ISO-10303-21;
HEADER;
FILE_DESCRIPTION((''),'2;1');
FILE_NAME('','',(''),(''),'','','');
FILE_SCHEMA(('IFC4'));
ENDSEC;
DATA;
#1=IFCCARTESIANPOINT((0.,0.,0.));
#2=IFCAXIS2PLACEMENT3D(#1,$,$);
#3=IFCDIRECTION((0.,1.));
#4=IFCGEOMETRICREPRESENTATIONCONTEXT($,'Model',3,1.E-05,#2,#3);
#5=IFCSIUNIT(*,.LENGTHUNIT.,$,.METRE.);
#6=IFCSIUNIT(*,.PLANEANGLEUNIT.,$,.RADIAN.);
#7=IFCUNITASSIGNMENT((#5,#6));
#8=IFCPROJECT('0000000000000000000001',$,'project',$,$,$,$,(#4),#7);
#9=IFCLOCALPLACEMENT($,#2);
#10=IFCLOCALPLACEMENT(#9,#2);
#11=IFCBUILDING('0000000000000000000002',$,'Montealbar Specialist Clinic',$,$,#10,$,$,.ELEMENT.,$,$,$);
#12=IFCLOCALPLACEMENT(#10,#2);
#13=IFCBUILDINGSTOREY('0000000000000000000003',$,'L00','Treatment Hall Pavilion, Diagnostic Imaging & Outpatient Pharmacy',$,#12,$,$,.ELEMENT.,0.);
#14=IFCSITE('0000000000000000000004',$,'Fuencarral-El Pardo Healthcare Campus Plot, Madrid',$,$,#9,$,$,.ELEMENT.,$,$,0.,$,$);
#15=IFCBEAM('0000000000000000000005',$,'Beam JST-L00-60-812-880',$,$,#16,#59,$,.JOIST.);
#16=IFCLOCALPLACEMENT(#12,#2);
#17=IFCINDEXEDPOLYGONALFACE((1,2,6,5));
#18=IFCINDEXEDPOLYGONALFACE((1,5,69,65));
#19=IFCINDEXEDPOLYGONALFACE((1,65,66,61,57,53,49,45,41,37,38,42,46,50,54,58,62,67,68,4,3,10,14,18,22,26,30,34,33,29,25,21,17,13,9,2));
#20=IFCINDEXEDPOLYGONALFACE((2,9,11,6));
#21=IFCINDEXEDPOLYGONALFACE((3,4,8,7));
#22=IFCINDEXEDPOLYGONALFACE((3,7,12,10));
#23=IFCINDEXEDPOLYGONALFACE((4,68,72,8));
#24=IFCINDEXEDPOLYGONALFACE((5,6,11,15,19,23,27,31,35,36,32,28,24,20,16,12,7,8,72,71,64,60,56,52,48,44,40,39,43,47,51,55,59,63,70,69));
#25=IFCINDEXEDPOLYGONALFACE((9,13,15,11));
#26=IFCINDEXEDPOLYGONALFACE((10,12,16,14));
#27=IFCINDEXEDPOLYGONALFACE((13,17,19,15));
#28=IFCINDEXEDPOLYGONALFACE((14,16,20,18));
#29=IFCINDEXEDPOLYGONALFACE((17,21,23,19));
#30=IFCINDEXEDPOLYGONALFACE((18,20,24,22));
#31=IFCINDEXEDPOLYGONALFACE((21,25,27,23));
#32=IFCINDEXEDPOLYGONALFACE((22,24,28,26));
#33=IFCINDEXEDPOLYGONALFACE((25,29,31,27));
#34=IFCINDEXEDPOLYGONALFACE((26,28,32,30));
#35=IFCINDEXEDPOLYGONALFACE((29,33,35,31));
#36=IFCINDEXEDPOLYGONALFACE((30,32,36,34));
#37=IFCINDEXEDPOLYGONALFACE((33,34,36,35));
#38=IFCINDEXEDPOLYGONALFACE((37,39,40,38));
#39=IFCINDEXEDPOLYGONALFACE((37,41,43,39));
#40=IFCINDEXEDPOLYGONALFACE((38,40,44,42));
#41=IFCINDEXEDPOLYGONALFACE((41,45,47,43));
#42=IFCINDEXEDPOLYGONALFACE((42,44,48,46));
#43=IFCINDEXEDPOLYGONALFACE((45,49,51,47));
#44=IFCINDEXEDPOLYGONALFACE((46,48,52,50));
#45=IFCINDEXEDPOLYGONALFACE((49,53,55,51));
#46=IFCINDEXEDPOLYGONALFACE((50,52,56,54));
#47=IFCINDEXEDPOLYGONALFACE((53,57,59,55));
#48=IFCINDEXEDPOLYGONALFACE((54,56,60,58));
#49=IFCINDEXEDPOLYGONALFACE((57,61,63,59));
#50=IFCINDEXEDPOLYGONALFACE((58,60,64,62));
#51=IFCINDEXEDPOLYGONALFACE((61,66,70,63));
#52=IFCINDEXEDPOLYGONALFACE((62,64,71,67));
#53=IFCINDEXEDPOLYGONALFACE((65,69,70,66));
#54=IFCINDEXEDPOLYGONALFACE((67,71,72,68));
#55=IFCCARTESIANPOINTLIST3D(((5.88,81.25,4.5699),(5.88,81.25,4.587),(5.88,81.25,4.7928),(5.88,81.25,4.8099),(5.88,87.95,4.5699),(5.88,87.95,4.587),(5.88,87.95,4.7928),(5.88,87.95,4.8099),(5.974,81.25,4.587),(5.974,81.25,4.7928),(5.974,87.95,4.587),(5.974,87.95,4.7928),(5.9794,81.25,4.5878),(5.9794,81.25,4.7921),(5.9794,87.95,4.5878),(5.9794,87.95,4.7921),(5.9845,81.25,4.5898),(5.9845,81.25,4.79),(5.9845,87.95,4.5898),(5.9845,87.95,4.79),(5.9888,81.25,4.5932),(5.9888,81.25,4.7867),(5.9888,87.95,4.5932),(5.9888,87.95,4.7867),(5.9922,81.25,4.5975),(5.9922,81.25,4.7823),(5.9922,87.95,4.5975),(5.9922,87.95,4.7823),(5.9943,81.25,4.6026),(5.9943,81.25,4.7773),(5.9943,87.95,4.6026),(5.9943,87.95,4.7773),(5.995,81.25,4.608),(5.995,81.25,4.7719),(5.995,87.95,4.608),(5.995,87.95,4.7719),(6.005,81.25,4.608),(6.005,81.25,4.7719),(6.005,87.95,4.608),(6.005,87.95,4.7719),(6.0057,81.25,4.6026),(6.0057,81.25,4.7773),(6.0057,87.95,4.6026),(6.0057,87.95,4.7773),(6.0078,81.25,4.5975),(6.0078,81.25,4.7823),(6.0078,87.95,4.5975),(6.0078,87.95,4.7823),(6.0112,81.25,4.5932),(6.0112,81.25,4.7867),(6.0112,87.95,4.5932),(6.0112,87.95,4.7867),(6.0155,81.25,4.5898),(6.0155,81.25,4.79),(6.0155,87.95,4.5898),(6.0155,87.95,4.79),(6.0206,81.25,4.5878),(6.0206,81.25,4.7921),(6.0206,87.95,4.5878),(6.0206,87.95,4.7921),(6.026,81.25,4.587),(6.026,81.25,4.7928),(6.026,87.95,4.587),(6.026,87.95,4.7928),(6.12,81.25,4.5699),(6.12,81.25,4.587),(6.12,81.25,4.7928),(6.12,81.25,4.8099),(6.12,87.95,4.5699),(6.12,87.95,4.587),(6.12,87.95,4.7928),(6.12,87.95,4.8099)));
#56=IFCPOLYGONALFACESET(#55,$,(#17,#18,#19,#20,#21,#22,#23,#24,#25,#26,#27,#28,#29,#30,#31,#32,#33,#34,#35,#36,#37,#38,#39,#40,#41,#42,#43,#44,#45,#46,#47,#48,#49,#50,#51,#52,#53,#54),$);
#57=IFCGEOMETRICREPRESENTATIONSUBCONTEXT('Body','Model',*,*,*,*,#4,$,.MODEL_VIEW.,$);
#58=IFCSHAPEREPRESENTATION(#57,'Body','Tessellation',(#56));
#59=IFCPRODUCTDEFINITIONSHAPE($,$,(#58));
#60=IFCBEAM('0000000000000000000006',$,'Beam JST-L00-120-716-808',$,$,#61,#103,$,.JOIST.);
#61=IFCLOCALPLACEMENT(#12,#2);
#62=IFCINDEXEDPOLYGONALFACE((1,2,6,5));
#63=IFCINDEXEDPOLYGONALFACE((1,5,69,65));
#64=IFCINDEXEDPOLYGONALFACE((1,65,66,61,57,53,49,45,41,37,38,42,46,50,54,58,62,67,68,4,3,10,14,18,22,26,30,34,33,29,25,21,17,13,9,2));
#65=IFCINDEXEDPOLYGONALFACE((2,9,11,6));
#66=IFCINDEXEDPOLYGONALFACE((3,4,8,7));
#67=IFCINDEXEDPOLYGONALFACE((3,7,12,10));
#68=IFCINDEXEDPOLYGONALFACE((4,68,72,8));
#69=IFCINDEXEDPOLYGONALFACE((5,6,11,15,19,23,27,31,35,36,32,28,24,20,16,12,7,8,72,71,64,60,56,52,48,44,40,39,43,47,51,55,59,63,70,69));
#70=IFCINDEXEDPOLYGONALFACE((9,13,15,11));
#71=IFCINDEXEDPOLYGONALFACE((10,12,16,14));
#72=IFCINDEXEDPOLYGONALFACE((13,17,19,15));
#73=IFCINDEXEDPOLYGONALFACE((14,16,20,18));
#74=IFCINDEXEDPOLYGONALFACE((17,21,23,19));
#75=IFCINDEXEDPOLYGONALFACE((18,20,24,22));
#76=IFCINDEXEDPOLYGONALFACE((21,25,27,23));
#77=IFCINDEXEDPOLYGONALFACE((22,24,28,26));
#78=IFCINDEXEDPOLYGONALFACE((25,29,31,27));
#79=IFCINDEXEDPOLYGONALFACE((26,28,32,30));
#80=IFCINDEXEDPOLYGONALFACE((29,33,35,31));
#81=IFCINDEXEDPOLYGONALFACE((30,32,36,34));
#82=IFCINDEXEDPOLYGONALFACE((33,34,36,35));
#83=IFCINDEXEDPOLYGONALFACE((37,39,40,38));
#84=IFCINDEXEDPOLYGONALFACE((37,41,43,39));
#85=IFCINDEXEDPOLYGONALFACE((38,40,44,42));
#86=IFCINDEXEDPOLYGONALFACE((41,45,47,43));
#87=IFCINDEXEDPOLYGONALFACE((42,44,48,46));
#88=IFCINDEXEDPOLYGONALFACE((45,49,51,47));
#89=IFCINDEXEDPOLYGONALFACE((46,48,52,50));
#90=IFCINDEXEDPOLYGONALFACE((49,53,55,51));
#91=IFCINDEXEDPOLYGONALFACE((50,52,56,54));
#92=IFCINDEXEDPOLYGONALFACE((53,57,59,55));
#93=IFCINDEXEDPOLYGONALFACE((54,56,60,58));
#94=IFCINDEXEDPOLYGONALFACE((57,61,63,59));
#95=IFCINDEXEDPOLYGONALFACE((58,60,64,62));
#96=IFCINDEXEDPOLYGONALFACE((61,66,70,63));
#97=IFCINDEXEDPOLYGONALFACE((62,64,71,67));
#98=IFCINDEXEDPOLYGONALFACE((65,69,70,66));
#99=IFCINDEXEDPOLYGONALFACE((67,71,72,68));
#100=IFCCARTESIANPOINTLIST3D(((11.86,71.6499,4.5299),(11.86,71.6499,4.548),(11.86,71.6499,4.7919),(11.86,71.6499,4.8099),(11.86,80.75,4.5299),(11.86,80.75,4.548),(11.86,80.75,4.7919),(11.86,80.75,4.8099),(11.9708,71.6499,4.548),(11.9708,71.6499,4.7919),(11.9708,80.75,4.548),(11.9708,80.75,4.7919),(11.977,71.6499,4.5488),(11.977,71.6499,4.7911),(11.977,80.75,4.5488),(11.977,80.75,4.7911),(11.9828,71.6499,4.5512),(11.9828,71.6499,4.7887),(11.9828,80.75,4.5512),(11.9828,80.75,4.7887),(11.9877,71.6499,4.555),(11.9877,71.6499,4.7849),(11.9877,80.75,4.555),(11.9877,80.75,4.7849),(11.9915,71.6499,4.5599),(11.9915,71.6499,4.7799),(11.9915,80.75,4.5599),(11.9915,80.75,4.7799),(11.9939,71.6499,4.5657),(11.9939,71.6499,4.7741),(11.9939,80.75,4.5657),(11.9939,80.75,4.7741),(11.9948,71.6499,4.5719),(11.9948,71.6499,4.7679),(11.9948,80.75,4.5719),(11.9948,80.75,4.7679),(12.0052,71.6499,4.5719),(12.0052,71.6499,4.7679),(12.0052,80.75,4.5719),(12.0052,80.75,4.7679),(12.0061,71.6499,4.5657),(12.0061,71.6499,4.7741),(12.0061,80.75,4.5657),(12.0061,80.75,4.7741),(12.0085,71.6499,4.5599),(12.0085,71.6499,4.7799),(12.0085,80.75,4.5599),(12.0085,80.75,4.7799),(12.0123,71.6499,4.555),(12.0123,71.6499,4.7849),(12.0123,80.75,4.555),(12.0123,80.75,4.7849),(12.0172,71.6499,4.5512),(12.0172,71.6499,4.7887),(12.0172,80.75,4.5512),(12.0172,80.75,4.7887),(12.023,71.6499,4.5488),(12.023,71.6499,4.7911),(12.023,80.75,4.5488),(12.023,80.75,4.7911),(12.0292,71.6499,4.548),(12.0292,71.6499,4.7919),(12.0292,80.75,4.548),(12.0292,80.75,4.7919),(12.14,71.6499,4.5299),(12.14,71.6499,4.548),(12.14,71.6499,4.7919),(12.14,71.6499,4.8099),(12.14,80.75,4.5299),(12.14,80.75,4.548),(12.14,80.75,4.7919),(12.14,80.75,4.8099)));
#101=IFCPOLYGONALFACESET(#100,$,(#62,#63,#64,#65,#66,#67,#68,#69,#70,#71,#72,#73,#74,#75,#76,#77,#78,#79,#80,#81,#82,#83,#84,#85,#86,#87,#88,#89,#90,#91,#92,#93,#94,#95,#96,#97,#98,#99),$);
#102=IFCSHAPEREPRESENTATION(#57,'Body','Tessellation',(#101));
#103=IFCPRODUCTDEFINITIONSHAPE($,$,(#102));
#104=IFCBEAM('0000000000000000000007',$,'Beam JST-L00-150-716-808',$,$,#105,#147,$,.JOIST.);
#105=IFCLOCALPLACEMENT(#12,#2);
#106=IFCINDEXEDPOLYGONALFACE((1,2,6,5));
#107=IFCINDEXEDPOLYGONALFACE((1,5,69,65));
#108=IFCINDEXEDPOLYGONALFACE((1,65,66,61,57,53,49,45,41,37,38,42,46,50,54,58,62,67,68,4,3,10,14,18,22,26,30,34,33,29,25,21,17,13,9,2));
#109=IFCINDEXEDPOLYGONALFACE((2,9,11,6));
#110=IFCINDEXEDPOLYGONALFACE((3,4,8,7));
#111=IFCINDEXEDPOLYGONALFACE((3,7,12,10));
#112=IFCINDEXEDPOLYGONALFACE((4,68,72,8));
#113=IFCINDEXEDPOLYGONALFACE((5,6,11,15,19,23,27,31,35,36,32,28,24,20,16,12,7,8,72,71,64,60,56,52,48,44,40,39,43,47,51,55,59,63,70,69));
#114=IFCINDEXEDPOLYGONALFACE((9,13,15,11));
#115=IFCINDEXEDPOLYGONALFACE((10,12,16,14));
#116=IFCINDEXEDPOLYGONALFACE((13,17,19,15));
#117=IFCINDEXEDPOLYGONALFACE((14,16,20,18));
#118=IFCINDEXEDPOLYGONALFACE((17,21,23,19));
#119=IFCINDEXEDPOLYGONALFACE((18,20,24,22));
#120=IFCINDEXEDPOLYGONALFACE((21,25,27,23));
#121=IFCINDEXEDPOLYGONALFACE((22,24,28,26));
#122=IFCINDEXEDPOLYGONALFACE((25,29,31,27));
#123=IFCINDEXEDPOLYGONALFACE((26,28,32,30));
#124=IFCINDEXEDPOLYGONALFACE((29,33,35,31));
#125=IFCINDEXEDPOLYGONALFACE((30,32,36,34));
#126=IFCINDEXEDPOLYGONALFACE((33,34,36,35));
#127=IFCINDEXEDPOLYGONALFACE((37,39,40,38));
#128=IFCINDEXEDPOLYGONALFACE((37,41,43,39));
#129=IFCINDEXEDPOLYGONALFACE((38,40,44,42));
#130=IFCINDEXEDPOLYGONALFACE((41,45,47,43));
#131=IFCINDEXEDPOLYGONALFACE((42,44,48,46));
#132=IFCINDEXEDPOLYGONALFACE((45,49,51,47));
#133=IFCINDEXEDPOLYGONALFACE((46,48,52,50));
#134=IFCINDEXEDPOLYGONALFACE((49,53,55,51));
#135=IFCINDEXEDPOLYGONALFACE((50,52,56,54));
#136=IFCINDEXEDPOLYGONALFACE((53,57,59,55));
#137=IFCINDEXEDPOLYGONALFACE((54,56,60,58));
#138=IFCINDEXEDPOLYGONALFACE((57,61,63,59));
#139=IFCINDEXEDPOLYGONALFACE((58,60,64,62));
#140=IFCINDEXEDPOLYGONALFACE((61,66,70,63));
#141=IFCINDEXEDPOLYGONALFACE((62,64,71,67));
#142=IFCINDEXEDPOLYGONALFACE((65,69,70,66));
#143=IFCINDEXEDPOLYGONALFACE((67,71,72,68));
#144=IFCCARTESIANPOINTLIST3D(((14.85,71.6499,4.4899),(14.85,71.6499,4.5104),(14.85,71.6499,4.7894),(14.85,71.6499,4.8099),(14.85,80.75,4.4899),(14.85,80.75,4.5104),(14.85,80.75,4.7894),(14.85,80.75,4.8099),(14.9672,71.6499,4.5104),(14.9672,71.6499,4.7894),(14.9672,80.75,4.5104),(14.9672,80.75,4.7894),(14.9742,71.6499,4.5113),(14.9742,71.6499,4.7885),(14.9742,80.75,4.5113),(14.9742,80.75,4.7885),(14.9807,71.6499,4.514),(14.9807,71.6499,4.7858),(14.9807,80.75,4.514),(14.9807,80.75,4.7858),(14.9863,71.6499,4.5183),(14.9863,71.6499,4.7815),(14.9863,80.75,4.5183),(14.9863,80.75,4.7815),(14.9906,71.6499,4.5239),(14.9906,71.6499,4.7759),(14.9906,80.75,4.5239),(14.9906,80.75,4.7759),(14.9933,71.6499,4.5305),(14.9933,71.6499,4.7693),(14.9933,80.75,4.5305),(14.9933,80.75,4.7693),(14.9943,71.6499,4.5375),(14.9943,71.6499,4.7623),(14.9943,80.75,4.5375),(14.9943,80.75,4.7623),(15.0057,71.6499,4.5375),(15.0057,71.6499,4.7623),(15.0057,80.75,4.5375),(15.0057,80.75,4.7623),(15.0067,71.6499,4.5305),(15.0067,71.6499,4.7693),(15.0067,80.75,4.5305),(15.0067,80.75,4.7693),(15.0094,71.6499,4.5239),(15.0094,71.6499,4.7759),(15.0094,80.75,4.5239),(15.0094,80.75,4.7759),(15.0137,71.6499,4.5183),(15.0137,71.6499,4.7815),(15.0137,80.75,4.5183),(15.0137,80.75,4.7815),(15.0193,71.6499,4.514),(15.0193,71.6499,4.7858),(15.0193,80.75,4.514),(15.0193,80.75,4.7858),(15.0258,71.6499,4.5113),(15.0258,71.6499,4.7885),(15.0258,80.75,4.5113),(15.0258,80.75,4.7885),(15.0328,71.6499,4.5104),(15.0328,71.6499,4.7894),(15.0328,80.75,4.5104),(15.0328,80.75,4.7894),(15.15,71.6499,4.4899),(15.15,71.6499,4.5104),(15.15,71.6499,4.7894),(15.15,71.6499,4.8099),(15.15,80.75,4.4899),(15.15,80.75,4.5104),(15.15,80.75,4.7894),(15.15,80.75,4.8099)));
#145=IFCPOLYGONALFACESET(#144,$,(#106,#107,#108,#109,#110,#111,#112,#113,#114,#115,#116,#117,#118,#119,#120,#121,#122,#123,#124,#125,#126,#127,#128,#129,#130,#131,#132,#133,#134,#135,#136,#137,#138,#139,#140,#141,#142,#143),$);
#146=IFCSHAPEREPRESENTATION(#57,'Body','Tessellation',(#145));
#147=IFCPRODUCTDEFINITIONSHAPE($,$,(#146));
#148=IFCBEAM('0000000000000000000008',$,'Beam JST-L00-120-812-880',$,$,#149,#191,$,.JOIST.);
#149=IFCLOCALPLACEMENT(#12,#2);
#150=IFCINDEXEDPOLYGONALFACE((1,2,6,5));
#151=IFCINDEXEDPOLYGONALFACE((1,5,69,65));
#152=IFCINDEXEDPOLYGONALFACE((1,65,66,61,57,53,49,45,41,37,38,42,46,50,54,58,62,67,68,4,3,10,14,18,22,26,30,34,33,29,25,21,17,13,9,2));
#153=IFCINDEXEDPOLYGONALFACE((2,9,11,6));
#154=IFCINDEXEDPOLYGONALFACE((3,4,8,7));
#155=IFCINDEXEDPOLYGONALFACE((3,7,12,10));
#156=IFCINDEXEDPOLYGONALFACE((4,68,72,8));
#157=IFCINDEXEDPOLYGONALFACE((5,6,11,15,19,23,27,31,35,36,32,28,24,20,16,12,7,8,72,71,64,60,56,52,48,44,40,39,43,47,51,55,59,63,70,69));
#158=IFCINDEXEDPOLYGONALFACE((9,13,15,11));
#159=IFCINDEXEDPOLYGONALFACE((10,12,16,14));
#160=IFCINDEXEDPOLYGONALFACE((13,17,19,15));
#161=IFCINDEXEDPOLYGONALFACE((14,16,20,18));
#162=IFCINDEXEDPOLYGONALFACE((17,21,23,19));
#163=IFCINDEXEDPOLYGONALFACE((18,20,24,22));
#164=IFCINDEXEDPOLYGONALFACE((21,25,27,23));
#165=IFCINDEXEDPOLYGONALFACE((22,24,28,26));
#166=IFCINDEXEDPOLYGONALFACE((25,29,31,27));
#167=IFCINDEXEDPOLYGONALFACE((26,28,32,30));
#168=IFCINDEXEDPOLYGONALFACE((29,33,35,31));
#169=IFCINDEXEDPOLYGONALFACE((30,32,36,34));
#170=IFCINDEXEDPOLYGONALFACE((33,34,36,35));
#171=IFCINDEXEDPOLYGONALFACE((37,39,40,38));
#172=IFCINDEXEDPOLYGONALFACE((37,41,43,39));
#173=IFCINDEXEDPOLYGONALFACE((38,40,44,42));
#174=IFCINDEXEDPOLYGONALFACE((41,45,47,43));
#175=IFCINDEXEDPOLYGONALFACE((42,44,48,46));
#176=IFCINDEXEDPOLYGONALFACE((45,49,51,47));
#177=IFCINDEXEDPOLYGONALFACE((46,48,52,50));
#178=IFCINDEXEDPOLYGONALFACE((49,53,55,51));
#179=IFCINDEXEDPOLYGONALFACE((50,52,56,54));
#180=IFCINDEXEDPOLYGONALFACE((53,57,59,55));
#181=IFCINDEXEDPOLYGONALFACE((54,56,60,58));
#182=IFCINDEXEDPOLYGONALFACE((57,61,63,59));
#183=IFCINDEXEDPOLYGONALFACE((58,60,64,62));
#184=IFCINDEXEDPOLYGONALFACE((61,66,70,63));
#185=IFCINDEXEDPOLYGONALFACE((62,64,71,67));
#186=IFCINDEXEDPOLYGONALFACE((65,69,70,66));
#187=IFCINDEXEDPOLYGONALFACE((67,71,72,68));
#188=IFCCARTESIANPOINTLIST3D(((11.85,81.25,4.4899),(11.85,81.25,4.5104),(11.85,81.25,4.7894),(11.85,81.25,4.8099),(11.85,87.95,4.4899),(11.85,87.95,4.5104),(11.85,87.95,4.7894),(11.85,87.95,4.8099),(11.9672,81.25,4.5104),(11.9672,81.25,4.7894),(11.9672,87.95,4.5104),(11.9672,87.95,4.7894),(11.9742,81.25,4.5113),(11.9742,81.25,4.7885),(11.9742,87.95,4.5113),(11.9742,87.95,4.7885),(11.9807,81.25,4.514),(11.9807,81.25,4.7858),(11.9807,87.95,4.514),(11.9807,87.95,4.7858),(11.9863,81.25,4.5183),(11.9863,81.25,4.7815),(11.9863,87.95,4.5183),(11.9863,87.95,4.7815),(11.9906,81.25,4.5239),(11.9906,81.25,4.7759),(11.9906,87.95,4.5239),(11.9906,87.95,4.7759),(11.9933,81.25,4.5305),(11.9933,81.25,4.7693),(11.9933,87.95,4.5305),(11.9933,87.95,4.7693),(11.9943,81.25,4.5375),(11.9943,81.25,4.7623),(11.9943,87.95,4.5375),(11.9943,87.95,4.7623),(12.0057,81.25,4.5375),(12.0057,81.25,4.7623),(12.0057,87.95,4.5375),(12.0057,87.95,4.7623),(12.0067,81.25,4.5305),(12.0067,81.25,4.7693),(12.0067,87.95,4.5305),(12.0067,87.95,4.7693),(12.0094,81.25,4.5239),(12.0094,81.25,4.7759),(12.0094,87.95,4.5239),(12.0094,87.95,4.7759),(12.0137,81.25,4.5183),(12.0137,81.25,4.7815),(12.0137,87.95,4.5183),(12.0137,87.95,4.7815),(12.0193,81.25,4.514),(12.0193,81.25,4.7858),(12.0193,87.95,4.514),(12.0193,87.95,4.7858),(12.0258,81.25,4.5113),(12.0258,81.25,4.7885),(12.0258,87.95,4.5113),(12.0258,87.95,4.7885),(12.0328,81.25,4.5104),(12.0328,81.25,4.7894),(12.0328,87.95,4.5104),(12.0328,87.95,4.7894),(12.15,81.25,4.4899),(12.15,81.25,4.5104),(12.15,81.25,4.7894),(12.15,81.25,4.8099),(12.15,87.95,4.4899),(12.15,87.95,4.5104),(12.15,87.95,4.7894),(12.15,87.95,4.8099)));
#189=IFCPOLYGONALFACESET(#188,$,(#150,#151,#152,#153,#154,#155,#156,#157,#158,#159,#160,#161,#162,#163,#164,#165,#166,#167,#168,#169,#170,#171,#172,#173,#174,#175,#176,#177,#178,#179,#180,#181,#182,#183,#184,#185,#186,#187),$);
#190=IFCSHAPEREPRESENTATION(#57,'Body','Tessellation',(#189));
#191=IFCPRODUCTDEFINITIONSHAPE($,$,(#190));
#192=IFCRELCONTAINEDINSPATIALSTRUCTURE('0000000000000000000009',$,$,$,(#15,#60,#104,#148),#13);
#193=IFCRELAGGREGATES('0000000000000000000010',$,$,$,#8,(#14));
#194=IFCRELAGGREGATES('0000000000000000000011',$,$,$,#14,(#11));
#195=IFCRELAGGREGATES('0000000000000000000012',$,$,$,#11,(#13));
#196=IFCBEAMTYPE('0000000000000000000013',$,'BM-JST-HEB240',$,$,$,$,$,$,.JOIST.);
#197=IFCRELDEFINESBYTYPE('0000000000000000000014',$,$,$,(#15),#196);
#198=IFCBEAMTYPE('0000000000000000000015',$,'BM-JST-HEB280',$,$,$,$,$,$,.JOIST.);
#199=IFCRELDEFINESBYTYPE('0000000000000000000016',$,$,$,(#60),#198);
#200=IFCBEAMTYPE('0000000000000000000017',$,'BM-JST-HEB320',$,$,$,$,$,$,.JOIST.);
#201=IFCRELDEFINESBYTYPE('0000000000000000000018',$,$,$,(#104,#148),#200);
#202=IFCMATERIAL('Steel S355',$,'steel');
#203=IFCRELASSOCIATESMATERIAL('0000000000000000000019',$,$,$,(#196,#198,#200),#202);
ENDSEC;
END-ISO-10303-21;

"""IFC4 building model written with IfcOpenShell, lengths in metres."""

from ifc_helpers import new_model, si_unit, direction, frame, origin, origin_2d, place, context, subcontext, project, spatial, i_section, extrude, material, material_profile, profile_set, type_object, element, save


model = new_model("IFC4")

# Units and contexts
model_context = context("Model", 3, precision=1e-05, world=origin(), true_north=direction((0.0, 1.0)))
body_context = subcontext(model_context, "Body", "Model", "MODEL_VIEW")
ifc_project = project(units=[si_unit("LENGTHUNIT", "METRE"), si_unit("PLANEANGLEUNIT", "RADIAN")], contexts=[model_context])

# Site, building, storey
site_placement = place(None, origin())
site = spatial("IfcSite", under=ifc_project, at=site_placement, Name="Fuencarral-El Pardo Healthcare Campus Plot, Madrid", CompositionType="ELEMENT", RefElevation=0.0)
building_placement = place(site_placement, origin())
building = spatial("IfcBuilding", under=site, at=building_placement, Name="Montealbar Specialist Clinic", CompositionType="ELEMENT")
storey_placement = place(building_placement, origin())
storey = spatial("IfcBuildingStorey", under=building, at=storey_placement, Name="L00", Description="Treatment Hall Pavilion, Diagnostic Imaging & Outpatient Pharmacy", CompositionType="ELEMENT", Elevation=0.0)

# Beams
ifc_material_1 = material(Name="Steel S355", Category="steel")
ifc_material_profile_1 = material_profile(ifc_material_1, i_section(OverallWidth=0.24, OverallDepth=0.24, WebThickness=0.01, FlangeThickness=0.0171, FilletRadius=0.021, at=origin_2d()), Name="HEB 240", Category="steel")
ifc_profile_set_1 = profile_set([ifc_material_profile_1], Name="Steel S355")
beam_type_1 = type_object("IfcBeamType", Name="BM-JST-HEB240", PredefinedType="JOIST", material=ifc_profile_set_1)
beam_1_placement = place(storey_placement, frame((6.0, 81.25, 4.6899), z_axis=(0.0, 1.0, 0.0), x_axis=(-1.0, 0.0, 0.0)))
element("IfcBeam", 1, at=beam_1_placement, inside=storey, type_object=beam_type_1, Name="Beam JST-L00-60-812-880", PredefinedType="JOIST", context=body_context, shape_type="SweptSolid", body=[
    extrude(i_section(OverallWidth=0.24, OverallDepth=0.24, WebThickness=0.01, FlangeThickness=0.0171, FilletRadius=0.021, at=origin_2d()), origin(), (0.0, 0.0, 1.0), 6.7),
])
ifc_material_profile_2 = material_profile(ifc_material_1, i_section(OverallWidth=0.28, OverallDepth=0.28, WebThickness=0.0105, FlangeThickness=0.0181, FilletRadius=0.0239, at=origin_2d()), Name="HEB 280", Category="steel")
ifc_profile_set_2 = profile_set([ifc_material_profile_2], Name="Steel S355")
beam_type_2 = type_object("IfcBeamType", Name="BM-JST-HEB280", PredefinedType="JOIST", material=ifc_profile_set_2)
beam_2_placement = place(storey_placement, frame((12.0, 71.6499, 4.6699), z_axis=(0.0, 1.0, 0.0), x_axis=(-1.0, 0.0, 0.0)))
element("IfcBeam", 2, at=beam_2_placement, inside=storey, type_object=beam_type_2, Name="Beam JST-L00-120-716-808", PredefinedType="JOIST", context=body_context, shape_type="SweptSolid", body=[
    extrude(i_section(OverallWidth=0.28, OverallDepth=0.28, WebThickness=0.0105, FlangeThickness=0.0181, FilletRadius=0.0239, at=origin_2d()), origin(), (0.0, 0.0, 1.0), 9.1001),
])
ifc_material_profile_3 = material_profile(ifc_material_1, i_section(OverallWidth=0.3, OverallDepth=0.3201, WebThickness=0.0115, FlangeThickness=0.0205, FilletRadius=0.0271, at=origin_2d()), Name="HEB 320", Category="steel")
ifc_profile_set_3 = profile_set([ifc_material_profile_3], Name="Steel S355")
beam_type_3 = type_object("IfcBeamType", Name="BM-JST-HEB320", PredefinedType="JOIST", material=ifc_profile_set_3)
beam_3_placement = place(storey_placement, frame((15.0, 71.6499, 4.6499), z_axis=(0.0, 1.0, 0.0), x_axis=(-1.0, 0.0, 0.0)))
element("IfcBeam", 3, at=beam_3_placement, inside=storey, type_object=beam_type_3, Name="Beam JST-L00-150-716-808", PredefinedType="JOIST", context=body_context, shape_type="SweptSolid", body=[
    extrude(i_section(OverallWidth=0.3, OverallDepth=0.3201, WebThickness=0.0115, FlangeThickness=0.0205, FilletRadius=0.0271, at=origin_2d()), origin(), (0.0, 0.0, 1.0), 9.1001),
])
beam_4_placement = place(storey_placement, frame((12.0, 81.25, 4.6499), z_axis=(0.0, 1.0, 0.0), x_axis=(-1.0, 0.0, 0.0)))
element("IfcBeam", 4, at=beam_4_placement, inside=storey, type_object=beam_type_3, Name="Beam JST-L00-120-812-880", PredefinedType="JOIST", context=body_context, shape_type="SweptSolid", body=[
    extrude(i_section(OverallWidth=0.3, OverallDepth=0.3201, WebThickness=0.0115, FlangeThickness=0.0205, FilletRadius=0.0271, at=origin_2d()), origin(), (0.0, 0.0, 1.0), 6.7),
])

save(model, "model.ifc")
